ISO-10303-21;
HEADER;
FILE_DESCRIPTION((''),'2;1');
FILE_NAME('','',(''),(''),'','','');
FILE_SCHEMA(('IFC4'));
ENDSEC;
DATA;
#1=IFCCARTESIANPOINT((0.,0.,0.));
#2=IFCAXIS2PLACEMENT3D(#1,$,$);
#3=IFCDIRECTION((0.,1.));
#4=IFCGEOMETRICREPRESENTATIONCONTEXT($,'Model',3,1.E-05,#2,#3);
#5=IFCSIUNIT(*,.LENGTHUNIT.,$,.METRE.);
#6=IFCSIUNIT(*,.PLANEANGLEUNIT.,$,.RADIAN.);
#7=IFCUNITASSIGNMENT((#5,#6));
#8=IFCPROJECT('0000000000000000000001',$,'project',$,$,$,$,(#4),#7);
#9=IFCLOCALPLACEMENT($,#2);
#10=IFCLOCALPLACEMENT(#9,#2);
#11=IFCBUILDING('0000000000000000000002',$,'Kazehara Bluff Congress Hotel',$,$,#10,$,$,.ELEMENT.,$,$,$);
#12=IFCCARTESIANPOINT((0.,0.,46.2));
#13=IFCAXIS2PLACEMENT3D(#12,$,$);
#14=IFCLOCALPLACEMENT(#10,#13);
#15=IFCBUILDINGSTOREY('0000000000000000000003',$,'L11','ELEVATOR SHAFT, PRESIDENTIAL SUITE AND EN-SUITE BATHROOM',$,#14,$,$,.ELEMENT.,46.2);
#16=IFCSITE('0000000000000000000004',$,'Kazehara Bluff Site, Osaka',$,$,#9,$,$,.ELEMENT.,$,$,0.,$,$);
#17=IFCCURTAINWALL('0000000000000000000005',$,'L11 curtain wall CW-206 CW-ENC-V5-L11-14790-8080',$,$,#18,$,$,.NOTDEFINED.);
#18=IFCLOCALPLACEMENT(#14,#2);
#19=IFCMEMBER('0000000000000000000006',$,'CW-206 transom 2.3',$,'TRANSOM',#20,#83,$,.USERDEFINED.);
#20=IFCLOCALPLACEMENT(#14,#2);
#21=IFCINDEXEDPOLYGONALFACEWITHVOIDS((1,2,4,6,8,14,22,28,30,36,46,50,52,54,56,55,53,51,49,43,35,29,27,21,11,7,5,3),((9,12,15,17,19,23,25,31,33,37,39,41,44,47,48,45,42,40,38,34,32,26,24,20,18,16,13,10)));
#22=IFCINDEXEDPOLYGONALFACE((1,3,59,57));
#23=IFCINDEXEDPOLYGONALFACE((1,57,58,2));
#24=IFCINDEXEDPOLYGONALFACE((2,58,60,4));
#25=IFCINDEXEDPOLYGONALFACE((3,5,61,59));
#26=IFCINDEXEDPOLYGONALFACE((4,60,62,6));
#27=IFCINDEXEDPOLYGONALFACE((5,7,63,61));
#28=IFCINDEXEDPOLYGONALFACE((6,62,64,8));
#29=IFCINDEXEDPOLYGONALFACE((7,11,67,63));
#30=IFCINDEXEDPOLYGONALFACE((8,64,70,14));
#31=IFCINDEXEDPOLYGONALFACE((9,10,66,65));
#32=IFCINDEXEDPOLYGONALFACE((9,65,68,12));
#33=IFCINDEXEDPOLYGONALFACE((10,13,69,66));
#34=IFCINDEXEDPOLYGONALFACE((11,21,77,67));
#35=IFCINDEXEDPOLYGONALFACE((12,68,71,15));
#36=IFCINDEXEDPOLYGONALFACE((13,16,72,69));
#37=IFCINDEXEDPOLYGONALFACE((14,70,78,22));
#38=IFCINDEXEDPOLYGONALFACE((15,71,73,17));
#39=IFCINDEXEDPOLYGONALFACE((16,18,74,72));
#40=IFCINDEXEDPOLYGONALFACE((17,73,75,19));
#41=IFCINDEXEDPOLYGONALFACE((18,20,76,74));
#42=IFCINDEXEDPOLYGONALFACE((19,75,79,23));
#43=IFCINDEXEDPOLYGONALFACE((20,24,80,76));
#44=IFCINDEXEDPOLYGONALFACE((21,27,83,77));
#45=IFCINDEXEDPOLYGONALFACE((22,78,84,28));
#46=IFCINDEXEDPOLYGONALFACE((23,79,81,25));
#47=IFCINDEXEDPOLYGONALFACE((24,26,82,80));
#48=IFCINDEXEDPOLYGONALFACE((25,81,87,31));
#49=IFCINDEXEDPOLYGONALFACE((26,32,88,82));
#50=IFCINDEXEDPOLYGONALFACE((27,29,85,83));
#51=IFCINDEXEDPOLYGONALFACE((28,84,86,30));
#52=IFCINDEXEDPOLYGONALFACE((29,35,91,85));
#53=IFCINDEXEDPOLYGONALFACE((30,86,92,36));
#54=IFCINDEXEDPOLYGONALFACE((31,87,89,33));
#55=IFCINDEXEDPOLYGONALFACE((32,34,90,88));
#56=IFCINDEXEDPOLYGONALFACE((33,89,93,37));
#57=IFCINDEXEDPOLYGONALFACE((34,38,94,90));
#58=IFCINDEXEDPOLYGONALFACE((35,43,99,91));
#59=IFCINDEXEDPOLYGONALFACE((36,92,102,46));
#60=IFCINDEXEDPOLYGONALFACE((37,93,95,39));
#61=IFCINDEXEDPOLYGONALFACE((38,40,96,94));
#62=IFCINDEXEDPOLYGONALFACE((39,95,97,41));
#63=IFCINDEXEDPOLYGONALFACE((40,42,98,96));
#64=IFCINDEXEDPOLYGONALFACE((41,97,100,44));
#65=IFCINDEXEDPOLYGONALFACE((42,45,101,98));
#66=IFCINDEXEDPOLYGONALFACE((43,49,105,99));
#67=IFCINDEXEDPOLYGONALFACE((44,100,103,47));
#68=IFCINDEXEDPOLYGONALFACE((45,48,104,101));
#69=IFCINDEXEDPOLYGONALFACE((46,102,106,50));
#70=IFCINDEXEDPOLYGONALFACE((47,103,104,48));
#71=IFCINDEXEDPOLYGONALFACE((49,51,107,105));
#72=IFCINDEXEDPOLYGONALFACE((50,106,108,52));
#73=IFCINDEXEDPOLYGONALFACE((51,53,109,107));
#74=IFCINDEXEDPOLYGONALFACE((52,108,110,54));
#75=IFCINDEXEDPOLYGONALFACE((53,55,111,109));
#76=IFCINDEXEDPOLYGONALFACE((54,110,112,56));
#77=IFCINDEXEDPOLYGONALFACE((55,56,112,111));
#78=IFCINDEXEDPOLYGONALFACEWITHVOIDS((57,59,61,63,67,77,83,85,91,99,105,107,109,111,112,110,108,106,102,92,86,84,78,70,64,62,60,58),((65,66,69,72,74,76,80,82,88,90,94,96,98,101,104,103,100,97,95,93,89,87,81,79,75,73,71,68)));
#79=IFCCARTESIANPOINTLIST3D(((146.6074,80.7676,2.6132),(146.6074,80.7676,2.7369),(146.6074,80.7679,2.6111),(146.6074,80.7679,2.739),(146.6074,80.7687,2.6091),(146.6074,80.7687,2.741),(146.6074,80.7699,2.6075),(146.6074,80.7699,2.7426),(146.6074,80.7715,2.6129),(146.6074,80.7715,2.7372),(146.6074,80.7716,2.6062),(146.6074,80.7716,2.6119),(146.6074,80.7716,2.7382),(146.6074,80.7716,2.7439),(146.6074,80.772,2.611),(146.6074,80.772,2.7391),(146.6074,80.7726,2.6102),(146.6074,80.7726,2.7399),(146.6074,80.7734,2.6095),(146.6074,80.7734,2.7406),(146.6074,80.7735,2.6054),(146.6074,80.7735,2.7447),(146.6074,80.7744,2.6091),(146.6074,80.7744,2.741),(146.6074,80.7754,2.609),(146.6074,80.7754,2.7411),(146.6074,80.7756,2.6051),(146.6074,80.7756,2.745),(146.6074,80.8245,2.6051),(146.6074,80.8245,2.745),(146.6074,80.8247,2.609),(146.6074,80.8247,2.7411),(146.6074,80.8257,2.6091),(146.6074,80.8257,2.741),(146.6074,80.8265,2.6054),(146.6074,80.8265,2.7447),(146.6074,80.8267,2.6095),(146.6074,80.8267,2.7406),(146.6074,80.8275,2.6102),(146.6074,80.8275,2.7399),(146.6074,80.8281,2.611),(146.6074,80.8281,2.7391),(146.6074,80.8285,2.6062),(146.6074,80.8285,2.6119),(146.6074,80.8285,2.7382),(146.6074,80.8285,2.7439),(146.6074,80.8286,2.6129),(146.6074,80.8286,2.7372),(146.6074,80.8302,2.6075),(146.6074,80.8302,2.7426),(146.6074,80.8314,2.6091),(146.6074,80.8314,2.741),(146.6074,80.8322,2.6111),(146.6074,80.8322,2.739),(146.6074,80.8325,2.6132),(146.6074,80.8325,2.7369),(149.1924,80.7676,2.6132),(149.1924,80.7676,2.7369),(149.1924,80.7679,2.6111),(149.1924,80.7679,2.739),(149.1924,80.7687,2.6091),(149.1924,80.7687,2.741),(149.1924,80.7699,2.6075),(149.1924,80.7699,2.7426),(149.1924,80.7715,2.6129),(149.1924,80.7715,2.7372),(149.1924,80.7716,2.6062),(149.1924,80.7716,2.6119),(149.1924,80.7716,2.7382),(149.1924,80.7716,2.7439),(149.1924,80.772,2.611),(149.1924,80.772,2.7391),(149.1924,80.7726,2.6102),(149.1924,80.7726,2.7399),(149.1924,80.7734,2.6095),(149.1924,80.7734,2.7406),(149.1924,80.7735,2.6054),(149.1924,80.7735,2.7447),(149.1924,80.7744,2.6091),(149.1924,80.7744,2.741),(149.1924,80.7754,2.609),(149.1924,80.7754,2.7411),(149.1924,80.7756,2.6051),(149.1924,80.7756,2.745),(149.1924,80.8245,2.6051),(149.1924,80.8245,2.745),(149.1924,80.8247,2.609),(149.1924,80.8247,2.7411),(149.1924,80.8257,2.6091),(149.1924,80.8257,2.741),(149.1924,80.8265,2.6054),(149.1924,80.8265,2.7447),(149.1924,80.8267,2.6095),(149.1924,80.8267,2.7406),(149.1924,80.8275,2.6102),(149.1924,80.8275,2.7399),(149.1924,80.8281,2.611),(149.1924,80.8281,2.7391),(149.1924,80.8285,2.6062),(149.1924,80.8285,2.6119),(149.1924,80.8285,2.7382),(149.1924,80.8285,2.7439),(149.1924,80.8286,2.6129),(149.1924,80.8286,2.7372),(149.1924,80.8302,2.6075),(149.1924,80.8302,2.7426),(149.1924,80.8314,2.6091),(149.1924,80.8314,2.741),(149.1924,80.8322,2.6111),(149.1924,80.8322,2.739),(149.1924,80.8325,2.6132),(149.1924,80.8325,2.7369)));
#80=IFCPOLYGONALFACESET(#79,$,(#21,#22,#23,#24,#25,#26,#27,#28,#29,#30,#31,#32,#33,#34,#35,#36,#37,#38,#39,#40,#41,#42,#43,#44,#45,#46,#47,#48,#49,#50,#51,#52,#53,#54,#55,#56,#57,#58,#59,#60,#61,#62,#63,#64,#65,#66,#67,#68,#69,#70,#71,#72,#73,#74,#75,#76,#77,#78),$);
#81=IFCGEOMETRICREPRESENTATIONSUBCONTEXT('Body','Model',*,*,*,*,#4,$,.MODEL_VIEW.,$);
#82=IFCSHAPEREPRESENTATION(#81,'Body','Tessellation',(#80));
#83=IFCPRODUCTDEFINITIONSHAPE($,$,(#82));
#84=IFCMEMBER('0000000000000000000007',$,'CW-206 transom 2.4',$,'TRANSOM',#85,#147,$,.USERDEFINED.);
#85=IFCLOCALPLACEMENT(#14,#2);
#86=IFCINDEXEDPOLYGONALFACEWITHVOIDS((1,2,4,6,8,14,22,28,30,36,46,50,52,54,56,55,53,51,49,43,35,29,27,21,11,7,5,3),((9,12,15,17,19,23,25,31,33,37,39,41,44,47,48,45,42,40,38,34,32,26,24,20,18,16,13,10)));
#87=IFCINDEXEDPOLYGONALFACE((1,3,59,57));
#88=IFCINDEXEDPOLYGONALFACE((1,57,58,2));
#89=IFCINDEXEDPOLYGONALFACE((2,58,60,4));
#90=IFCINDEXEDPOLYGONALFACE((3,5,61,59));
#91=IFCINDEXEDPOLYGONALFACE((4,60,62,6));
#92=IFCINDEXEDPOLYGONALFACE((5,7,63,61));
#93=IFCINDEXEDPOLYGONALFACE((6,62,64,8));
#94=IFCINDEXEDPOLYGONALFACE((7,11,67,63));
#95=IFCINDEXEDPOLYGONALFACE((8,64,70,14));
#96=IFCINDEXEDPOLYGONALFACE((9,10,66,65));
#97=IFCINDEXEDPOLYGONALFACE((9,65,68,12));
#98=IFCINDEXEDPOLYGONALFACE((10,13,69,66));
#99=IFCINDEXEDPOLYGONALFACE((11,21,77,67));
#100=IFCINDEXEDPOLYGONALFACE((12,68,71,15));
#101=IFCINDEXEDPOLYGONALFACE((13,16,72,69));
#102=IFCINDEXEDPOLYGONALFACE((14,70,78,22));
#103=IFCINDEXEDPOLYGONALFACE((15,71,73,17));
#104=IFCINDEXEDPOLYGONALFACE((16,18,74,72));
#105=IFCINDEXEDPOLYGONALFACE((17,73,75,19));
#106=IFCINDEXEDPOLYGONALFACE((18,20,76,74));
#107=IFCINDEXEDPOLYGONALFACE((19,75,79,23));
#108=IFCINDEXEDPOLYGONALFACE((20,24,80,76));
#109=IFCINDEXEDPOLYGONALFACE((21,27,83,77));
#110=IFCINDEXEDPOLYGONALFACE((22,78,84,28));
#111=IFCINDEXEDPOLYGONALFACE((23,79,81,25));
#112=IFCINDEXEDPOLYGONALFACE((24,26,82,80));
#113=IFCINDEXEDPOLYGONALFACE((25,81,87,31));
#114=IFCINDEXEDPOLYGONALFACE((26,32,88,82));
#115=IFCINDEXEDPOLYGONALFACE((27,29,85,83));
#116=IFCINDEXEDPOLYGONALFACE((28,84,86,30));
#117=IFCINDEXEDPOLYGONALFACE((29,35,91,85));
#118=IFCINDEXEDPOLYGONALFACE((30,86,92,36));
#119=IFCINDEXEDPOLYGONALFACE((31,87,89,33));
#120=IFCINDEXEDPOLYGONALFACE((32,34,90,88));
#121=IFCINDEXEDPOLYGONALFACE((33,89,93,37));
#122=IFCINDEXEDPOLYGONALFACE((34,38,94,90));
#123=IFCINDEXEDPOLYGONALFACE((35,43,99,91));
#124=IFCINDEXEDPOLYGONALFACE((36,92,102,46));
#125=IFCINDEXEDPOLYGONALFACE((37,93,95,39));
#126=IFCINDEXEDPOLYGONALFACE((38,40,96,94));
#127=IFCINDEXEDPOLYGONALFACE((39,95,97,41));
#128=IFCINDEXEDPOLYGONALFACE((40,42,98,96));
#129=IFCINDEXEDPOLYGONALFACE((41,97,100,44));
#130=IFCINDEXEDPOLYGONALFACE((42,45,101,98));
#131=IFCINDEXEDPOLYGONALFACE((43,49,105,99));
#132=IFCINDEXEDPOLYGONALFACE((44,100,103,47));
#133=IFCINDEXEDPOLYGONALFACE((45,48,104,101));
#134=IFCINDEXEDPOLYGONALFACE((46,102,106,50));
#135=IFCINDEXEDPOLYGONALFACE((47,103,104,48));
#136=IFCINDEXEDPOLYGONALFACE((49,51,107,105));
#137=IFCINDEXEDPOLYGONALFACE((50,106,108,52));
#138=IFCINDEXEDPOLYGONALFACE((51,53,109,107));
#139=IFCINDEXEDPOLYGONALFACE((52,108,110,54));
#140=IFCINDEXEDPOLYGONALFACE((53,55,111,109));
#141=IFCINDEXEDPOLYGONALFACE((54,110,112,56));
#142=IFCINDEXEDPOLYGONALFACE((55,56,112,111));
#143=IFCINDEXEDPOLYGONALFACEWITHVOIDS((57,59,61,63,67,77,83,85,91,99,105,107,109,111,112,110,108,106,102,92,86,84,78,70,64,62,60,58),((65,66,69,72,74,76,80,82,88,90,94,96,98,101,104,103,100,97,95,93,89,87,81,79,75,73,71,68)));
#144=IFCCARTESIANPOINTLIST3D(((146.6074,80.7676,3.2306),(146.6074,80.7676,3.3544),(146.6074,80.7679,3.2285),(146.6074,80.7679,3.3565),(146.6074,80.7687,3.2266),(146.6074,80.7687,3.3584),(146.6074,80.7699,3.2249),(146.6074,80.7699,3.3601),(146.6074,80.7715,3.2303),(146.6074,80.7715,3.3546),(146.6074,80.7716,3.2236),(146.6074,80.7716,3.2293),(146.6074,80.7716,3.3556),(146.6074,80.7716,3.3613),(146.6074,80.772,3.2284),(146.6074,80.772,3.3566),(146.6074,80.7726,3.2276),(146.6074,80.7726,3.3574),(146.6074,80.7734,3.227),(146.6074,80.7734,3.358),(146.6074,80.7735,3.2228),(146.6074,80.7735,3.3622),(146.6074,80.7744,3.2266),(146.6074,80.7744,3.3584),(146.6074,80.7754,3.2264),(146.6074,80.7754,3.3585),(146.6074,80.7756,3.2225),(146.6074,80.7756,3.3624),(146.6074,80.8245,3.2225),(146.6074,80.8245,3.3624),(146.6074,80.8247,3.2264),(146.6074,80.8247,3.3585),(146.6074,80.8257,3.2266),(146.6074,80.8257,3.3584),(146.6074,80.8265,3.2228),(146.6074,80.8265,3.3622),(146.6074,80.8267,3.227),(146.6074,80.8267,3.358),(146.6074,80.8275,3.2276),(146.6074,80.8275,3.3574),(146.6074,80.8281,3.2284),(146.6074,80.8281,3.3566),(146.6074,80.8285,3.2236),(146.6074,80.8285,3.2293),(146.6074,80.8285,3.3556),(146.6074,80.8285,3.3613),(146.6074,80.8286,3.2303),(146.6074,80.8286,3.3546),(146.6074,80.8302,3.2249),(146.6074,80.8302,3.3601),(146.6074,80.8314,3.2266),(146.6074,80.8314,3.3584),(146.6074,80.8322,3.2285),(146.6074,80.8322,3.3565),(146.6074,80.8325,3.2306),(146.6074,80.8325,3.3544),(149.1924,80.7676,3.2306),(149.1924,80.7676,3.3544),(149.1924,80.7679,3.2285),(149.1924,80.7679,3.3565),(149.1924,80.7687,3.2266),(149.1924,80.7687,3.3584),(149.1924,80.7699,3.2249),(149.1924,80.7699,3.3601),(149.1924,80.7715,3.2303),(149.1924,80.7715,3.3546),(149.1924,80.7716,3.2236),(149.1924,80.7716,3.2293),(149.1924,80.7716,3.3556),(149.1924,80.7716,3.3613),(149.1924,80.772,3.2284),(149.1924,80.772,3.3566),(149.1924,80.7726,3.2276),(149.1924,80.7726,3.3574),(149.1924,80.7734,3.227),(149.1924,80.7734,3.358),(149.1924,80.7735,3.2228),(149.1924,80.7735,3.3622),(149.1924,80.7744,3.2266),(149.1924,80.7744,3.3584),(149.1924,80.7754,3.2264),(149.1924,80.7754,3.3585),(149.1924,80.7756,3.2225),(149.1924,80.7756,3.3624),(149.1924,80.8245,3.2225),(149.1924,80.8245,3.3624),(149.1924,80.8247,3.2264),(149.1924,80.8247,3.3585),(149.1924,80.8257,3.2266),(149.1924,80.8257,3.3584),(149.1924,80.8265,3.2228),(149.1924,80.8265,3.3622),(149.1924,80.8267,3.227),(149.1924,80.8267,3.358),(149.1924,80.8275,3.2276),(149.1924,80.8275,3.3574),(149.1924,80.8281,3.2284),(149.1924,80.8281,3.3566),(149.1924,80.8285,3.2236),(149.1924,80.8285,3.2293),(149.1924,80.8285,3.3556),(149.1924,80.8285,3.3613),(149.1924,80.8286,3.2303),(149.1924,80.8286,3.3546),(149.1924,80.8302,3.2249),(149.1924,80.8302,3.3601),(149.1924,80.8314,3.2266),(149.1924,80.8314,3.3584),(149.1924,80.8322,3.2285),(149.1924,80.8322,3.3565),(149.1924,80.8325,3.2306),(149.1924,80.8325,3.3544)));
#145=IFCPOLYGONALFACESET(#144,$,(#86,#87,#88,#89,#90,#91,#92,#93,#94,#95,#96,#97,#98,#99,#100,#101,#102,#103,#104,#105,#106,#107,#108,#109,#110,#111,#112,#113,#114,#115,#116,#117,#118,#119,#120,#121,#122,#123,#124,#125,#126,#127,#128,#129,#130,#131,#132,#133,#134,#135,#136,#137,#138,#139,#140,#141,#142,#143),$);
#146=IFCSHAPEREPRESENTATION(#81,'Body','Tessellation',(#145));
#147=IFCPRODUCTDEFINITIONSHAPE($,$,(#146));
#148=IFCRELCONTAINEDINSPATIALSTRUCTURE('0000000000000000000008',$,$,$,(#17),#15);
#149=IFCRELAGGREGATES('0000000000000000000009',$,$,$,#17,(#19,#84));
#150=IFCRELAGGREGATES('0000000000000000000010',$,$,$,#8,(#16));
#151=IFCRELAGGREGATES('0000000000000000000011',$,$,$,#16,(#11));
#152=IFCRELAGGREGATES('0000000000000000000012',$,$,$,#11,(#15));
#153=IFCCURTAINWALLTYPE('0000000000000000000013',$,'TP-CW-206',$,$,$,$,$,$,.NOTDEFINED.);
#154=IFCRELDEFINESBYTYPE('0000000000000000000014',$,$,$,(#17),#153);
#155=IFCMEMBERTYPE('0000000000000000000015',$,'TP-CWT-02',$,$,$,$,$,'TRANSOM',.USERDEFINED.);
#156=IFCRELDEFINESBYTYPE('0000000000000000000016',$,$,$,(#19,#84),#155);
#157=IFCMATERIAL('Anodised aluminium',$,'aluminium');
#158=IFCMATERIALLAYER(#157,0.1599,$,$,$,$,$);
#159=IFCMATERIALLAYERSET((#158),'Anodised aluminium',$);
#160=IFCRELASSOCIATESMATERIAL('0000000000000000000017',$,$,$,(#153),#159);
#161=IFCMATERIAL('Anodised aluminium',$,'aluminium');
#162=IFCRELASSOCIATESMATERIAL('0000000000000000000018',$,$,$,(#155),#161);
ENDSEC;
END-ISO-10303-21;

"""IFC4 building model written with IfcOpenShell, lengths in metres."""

from ifc_helpers import new_model, si_unit, direction, frame, origin, origin_2d, place, context, subcontext, project, spatial, hollow_rectangle, extrude, material, layer, layer_set, material_profile, profile_set, type_object, element, aggregate, save


model = new_model("IFC4")

# Units and contexts
model_context = context("Model", 3, precision=1e-05, world=origin(), true_north=direction((0.0, 1.0)))
body_context = subcontext(model_context, "Body", "Model", "MODEL_VIEW")
ifc_project = project(units=[si_unit("LENGTHUNIT", "METRE"), si_unit("PLANEANGLEUNIT", "RADIAN")], contexts=[model_context])

# Site, building, storey
site_placement = place(None, origin())
site = spatial("IfcSite", under=ifc_project, at=site_placement, Name="Kazehara Bluff Site, Osaka", CompositionType="ELEMENT", RefElevation=0.0)
building_placement = place(site_placement, origin())
building = spatial("IfcBuilding", under=site, at=building_placement, Name="Kazehara Bluff Congress Hotel", CompositionType="ELEMENT")
storey_placement = place(building_placement, frame((0.0, 0.0, 46.2)))
storey = spatial("IfcBuildingStorey", under=building, at=storey_placement, Name="L11", Description="ELEVATOR SHAFT, PRESIDENTIAL SUITE AND EN-SUITE BATHROOM", CompositionType="ELEMENT", Elevation=46.2)

# Curtain wall, members
ifc_material_1 = material(Name="Anodised aluminium", Category="aluminium")
ifc_layer_1 = layer(ifc_material_1, 0.1599)
ifc_layer_set_1 = layer_set([ifc_layer_1], Name="Anodised aluminium")
curtain_wall_type = type_object("IfcCurtainWallType", Name="TP-CW-206", PredefinedType="NOTDEFINED", material=ifc_layer_set_1)
curtain_wall_placement = place(storey_placement, origin())
curtain_wall = element("IfcCurtainWall", 1, at=curtain_wall_placement, inside=storey, type_object=curtain_wall_type, Name="L11 curtain wall CW-206 CW-ENC-V5-L11-14790-8080", PredefinedType="NOTDEFINED")
ifc_material_2 = material(Name="Anodised aluminium", Category="aluminium")
ifc_material_profile_1 = material_profile(ifc_material_2, hollow_rectangle(XDim=0.0649, YDim=0.1399, WallThickness=0.0039, InnerFilletRadius=0.0039, OuterFilletRadius=0.0081, at=origin_2d()))
ifc_profile_set_1 = profile_set([ifc_material_profile_1], Name="Anodised aluminium")
member_type_1 = type_object("IfcMemberType", Name="TP-CWT-02", ElementType="TRANSOM", PredefinedType="USERDEFINED", material=ifc_profile_set_1)
member_1_placement = place(storey_placement, frame((146.6074, 80.8, 2.675), z_axis=(1.0, 0.0, 0.0), x_axis=(0.0, 1.0, 0.0)))
member_1 = element("IfcMember", 2, at=member_1_placement, type_object=member_type_1, Name="CW-206 transom 2.3", ObjectType="TRANSOM", PredefinedType="USERDEFINED", context=body_context, shape_type="SweptSolid", body=[
    extrude(hollow_rectangle(XDim=0.0649, YDim=0.1399, WallThickness=0.0039, InnerFilletRadius=0.0039, OuterFilletRadius=0.0081, at=origin_2d()), origin(), (0.0, 0.0, 1.0), 2.585),
])
member_2_placement = place(storey_placement, frame((146.6074, 80.8, 3.2925), z_axis=(1.0, 0.0, 0.0), x_axis=(0.0, 1.0, 0.0)))
member_2 = element("IfcMember", 3, at=member_2_placement, type_object=member_type_1, Name="CW-206 transom 2.4", ObjectType="TRANSOM", PredefinedType="USERDEFINED", context=body_context, shape_type="SweptSolid", body=[
    extrude(hollow_rectangle(XDim=0.0649, YDim=0.1399, WallThickness=0.0039, InnerFilletRadius=0.0039, OuterFilletRadius=0.0081, at=origin_2d()), origin(), (0.0, 0.0, 1.0), 2.585),
])

aggregate(curtain_wall, [member_1, member_2])

save(model, "model.ifc")
